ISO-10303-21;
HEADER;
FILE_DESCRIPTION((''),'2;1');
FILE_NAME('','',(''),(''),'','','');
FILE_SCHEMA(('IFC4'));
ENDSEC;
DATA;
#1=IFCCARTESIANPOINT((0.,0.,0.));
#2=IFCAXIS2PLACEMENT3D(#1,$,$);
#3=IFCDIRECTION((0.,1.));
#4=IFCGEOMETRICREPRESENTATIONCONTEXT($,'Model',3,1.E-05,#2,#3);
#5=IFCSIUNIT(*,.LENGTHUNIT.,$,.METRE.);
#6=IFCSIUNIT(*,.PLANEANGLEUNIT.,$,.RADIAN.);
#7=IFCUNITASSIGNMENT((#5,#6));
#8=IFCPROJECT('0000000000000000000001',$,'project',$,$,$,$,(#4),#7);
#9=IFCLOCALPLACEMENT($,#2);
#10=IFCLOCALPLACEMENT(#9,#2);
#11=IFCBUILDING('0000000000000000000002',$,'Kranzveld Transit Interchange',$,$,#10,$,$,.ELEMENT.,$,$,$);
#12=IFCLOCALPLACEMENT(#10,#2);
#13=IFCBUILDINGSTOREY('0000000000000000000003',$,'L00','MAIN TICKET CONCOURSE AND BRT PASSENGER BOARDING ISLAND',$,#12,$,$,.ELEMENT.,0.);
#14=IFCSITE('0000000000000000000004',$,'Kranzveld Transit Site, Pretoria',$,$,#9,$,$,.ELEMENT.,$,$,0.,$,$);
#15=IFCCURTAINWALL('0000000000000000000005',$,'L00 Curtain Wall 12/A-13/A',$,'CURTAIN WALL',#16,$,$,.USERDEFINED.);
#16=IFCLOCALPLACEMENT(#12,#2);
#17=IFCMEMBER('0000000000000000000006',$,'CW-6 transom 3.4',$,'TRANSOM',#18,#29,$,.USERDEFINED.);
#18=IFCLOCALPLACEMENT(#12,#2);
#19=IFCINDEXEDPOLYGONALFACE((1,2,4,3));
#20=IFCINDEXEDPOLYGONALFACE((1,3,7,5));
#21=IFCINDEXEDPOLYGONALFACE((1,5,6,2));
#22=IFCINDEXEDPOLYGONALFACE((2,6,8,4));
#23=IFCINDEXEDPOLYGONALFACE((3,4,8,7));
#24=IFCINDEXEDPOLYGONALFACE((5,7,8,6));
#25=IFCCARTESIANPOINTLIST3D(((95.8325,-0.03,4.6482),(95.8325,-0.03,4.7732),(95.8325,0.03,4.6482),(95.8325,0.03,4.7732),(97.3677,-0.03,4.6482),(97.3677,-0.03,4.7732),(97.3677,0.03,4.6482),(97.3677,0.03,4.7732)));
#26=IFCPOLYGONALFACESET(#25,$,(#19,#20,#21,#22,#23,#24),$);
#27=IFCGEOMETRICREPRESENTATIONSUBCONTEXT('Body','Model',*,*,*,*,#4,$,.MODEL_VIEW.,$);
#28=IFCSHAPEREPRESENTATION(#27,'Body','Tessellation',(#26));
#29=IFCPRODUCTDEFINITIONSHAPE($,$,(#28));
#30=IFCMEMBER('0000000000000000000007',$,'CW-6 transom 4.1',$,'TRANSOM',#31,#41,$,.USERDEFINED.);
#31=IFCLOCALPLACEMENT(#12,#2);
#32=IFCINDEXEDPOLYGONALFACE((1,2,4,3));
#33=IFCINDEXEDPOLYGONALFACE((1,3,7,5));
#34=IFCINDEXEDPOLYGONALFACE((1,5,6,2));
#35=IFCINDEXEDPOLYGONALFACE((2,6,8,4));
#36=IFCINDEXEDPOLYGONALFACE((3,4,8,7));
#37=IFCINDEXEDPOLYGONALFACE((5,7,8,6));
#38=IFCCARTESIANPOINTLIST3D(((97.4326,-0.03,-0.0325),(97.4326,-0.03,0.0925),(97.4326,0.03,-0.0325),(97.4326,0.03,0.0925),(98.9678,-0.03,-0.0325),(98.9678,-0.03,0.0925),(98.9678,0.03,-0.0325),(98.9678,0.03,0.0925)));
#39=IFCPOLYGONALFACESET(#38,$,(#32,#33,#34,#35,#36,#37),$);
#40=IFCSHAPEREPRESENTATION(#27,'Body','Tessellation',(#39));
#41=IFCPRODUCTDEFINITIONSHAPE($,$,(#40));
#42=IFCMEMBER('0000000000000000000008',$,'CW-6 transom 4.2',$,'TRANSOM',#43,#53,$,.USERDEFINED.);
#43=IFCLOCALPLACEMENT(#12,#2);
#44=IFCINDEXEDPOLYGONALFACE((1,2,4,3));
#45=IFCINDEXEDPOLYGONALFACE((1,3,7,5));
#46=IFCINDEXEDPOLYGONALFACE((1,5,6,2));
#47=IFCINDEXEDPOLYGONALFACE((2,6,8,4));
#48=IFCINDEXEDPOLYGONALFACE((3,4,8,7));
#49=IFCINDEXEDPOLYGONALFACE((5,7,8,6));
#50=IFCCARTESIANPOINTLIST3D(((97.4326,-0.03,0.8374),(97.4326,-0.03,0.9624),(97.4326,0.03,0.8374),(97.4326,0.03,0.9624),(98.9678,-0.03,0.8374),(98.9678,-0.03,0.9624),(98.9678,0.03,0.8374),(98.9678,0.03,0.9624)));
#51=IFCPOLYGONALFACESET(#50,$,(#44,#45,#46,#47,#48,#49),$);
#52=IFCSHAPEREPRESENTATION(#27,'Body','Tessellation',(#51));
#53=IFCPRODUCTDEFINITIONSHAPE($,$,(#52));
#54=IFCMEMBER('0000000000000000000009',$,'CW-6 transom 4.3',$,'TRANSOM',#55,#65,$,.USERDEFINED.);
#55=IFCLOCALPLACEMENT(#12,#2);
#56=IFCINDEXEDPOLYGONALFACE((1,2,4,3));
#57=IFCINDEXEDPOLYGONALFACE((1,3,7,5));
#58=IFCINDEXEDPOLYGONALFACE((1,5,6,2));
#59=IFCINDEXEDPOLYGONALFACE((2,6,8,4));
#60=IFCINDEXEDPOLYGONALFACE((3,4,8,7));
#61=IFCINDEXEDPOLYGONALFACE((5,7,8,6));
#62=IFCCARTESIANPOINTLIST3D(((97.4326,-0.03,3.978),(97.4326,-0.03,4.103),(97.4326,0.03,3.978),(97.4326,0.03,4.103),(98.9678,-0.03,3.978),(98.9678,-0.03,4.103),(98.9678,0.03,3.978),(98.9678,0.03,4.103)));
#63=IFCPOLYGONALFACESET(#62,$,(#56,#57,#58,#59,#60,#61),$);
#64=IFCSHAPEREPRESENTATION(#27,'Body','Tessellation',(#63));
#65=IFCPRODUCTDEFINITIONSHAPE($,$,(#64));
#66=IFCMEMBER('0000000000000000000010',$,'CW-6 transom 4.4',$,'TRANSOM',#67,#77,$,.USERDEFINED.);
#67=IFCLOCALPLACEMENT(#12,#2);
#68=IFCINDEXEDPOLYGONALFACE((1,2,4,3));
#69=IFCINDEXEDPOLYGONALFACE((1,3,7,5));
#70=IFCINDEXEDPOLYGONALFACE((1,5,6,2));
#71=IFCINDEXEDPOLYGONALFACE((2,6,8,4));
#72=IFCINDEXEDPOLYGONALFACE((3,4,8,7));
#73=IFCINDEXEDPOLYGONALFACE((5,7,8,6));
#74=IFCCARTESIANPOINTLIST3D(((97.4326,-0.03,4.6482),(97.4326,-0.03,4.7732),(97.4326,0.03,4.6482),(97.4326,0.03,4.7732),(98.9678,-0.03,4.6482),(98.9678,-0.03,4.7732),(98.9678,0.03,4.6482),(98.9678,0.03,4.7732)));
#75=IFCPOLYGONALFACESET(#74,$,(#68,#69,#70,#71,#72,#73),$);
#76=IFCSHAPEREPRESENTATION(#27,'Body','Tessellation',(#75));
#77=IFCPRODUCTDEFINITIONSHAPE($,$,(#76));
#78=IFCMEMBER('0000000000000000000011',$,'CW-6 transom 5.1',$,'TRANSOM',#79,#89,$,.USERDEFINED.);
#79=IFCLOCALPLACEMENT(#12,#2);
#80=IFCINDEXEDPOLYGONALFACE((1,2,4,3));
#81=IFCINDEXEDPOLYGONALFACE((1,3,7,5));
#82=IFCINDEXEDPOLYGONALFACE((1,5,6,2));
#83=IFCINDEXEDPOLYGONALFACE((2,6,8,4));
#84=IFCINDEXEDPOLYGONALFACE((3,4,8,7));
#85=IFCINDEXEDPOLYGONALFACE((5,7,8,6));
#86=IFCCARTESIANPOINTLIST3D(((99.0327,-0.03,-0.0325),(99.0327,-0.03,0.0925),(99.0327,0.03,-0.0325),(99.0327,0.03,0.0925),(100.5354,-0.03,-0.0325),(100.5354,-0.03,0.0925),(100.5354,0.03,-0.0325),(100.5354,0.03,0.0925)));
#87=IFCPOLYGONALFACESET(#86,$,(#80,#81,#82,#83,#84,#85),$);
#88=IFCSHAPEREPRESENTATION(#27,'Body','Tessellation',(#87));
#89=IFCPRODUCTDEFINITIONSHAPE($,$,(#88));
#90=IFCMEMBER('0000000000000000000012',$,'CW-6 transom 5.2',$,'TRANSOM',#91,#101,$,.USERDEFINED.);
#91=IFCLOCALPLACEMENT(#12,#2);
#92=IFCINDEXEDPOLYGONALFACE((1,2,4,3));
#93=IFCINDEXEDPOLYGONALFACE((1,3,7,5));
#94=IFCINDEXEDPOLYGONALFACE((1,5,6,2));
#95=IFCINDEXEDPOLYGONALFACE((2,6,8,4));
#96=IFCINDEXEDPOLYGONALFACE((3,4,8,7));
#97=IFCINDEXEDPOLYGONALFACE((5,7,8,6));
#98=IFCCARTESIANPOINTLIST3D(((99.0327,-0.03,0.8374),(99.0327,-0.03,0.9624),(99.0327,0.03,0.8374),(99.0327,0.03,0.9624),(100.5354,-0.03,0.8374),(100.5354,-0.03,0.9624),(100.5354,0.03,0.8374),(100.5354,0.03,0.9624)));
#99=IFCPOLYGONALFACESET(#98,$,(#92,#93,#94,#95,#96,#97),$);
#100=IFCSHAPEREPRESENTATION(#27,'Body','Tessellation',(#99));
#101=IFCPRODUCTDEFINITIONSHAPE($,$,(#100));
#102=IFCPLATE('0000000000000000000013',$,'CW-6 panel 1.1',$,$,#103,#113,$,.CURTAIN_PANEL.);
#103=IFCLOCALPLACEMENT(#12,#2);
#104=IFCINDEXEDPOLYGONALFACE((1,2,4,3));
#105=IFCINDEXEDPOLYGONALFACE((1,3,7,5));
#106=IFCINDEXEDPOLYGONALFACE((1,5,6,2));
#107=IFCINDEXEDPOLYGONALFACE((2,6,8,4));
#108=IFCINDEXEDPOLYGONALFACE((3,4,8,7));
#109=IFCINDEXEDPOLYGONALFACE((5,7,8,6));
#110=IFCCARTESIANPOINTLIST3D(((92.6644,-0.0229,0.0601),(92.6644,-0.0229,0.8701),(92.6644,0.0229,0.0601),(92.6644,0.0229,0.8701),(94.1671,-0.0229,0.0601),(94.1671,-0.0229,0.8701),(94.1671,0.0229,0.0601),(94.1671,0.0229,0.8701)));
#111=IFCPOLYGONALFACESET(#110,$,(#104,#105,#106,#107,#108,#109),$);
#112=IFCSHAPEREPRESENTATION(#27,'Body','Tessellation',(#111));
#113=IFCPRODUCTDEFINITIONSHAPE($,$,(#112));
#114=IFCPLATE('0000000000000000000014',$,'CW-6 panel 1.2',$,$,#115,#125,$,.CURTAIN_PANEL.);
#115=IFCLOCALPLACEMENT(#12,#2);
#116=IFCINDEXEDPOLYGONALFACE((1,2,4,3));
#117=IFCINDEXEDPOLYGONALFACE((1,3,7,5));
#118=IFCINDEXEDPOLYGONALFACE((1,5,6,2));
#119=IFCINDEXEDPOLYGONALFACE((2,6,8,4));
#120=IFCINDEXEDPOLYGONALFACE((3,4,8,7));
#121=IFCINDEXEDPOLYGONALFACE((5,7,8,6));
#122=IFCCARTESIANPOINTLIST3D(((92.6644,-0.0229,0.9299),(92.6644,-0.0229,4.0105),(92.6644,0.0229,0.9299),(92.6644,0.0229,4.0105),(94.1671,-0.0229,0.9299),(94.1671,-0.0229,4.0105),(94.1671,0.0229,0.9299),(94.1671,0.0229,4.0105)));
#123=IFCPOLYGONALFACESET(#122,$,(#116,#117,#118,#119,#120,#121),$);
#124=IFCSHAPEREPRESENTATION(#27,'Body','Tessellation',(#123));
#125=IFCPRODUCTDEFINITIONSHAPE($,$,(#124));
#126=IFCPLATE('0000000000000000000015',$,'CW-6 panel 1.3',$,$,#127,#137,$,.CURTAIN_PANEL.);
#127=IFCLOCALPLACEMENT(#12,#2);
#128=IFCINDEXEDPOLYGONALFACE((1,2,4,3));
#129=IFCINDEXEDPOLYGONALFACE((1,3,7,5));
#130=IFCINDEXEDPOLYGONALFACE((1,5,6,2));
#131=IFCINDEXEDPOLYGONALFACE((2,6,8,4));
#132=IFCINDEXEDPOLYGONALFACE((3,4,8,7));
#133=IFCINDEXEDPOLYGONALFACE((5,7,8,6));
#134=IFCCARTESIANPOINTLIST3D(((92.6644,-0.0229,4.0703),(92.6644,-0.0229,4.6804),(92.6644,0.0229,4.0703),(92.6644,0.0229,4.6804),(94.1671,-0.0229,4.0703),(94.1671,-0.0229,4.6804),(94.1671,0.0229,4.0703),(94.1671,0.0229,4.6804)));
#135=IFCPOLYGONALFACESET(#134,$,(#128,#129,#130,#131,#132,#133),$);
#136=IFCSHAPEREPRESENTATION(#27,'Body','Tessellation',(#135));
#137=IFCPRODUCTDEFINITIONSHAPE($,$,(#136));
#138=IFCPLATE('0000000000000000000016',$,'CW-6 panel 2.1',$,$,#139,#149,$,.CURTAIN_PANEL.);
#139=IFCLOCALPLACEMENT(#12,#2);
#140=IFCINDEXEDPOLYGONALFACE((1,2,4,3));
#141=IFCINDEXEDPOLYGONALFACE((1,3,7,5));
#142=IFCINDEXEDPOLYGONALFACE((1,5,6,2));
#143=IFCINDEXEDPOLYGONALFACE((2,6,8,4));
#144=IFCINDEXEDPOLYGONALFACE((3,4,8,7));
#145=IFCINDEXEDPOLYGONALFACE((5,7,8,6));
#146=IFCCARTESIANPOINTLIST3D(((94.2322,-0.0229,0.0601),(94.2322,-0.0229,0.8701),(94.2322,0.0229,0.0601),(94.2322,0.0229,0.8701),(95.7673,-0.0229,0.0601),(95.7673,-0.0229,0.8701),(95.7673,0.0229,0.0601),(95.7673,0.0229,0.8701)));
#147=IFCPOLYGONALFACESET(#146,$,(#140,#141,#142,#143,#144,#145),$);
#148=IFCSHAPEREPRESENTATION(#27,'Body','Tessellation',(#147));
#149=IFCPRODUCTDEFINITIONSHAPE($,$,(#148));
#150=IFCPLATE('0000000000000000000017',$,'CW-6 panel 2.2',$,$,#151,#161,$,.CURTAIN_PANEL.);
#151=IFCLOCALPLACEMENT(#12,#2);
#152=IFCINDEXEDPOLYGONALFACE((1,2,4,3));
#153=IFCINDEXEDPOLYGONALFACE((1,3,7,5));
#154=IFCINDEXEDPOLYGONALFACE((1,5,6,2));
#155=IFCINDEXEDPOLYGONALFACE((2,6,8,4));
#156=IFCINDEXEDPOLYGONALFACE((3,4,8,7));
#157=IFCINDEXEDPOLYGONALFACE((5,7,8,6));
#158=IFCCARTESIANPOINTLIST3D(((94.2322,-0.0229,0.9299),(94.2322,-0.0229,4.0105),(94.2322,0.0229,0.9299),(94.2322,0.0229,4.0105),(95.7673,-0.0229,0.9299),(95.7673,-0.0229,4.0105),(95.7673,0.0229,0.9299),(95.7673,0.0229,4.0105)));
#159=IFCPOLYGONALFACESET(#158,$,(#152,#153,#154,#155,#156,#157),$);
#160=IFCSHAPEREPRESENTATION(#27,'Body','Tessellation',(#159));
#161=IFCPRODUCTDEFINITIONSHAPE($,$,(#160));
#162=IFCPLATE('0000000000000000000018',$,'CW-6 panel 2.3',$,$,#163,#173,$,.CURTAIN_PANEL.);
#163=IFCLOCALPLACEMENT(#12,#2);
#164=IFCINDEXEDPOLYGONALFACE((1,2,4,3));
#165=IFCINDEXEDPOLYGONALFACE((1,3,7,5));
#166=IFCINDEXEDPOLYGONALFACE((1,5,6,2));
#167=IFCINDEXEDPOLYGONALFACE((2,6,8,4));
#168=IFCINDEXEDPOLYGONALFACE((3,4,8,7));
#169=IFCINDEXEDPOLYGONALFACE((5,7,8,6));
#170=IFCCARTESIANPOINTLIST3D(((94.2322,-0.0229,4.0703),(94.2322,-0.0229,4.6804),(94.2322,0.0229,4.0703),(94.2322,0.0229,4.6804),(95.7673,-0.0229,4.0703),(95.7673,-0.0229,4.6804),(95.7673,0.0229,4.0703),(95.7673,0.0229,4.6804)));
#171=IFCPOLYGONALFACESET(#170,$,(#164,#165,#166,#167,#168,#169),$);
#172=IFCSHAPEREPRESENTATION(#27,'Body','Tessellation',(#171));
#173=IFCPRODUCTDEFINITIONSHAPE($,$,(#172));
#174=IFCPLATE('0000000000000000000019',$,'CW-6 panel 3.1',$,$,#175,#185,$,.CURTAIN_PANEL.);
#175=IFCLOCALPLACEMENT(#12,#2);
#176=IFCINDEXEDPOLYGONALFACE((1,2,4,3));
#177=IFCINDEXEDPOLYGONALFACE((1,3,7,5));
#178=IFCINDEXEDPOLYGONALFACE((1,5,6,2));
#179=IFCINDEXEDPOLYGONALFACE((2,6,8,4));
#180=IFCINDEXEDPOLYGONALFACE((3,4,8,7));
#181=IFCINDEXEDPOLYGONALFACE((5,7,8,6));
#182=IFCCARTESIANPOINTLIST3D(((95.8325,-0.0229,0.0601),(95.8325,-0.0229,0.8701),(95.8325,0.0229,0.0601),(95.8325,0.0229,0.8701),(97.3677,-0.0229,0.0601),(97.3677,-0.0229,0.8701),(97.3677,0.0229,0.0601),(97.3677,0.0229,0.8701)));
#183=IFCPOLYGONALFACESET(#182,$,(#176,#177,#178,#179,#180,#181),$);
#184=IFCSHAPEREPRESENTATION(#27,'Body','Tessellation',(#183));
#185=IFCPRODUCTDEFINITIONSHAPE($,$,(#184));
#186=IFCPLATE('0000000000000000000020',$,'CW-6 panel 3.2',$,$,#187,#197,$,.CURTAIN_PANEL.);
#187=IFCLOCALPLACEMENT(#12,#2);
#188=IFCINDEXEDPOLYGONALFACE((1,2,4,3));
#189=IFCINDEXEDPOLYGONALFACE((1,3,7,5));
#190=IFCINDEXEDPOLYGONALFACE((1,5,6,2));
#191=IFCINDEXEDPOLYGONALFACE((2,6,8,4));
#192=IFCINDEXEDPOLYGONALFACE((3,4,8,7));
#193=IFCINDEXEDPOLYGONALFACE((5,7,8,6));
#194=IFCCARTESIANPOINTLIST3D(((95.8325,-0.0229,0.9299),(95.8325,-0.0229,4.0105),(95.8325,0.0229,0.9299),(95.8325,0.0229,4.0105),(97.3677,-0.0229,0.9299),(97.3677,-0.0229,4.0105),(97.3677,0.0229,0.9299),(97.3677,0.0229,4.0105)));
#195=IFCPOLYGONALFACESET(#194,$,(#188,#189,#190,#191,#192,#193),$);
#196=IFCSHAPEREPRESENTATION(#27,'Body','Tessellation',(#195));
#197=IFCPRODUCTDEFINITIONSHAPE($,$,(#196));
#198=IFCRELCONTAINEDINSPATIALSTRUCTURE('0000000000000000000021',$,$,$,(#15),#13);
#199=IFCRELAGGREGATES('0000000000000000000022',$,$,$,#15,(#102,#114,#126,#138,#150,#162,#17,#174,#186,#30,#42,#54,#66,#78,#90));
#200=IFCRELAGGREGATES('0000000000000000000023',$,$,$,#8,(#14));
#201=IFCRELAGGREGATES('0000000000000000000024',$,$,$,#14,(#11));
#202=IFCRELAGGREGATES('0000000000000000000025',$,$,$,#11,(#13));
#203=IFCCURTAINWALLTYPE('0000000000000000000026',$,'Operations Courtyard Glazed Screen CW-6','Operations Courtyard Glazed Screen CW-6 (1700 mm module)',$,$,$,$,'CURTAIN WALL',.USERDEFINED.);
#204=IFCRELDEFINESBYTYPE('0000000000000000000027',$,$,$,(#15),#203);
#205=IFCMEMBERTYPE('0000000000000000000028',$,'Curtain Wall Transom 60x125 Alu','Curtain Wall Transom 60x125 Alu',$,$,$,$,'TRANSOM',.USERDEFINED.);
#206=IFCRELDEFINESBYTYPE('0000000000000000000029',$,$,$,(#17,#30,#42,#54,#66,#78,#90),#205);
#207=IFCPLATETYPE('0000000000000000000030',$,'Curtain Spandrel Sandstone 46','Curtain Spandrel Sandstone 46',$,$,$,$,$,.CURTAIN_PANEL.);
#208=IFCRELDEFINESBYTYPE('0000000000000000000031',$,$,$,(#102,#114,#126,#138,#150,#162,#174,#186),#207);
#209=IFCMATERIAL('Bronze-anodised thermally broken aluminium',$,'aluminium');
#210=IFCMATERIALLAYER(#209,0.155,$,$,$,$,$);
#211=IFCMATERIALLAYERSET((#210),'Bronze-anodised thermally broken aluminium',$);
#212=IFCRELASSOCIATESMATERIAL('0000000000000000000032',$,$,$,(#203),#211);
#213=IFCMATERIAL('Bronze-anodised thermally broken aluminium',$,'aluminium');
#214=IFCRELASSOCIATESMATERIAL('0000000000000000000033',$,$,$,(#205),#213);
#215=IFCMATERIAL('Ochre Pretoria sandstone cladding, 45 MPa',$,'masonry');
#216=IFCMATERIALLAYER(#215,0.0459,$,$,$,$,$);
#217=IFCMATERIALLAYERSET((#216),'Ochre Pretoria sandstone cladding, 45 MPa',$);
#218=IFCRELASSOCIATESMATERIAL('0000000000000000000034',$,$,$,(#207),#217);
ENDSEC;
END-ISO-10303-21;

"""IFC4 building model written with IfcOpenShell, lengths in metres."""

from ifc_helpers import new_model, si_unit, direction, frame, origin, origin_2d, place, context, subcontext, project, spatial, rectangle, extrude, material, layer, layer_set, material_profile, profile_set, type_object, element, aggregate, save


model = new_model("IFC4")

# Units and contexts
model_context = context("Model", 3, precision=1e-05, world=origin(), true_north=direction((0.0, 1.0)))
body_context = subcontext(model_context, "Body", "Model", "MODEL_VIEW")
ifc_project = project(units=[si_unit("LENGTHUNIT", "METRE"), si_unit("PLANEANGLEUNIT", "RADIAN")], contexts=[model_context])

# Site, building, storey
site_placement = place(None, origin())
site = spatial("IfcSite", under=ifc_project, at=site_placement, Name="Kranzveld Transit Site, Pretoria", CompositionType="ELEMENT", RefElevation=0.0)
building_placement = place(site_placement, origin())
building = spatial("IfcBuilding", under=site, at=building_placement, Name="Kranzveld Transit Interchange", CompositionType="ELEMENT")
storey_placement = place(building_placement, origin())
storey = spatial("IfcBuildingStorey", under=building, at=storey_placement, Name="L00", Description="MAIN TICKET CONCOURSE AND BRT PASSENGER BOARDING ISLAND", CompositionType="ELEMENT", Elevation=0.0)

# Curtain wall, members, plates
ifc_material_1 = material(Name="Bronze-anodised thermally broken aluminium", Category="aluminium")
ifc_layer_1 = layer(ifc_material_1, 0.155)
ifc_layer_set_1 = layer_set([ifc_layer_1], Name="Bronze-anodised thermally broken aluminium")
curtain_wall_type = type_object("IfcCurtainWallType", Name="Operations Courtyard Glazed Screen CW-6", Description="Operations Courtyard Glazed Screen CW-6 (1700 mm module)", ElementType="CURTAIN WALL", PredefinedType="USERDEFINED", material=ifc_layer_set_1)
curtain_wall_placement = place(storey_placement, origin())
curtain_wall = element("IfcCurtainWall", 1, at=curtain_wall_placement, inside=storey, type_object=curtain_wall_type, Name="L00 Curtain Wall 12/A-13/A", ObjectType="CURTAIN WALL", PredefinedType="USERDEFINED")
ifc_material_2 = material(Name="Bronze-anodised thermally broken aluminium", Category="aluminium")
ifc_material_profile_1 = material_profile(ifc_material_2, rectangle(XDim=0.0601, YDim=0.125, at=origin_2d()), Name="ALU TRANSOM 60x125")
ifc_profile_set_1 = profile_set([ifc_material_profile_1], Name="Bronze-anodised thermally broken aluminium")
member_type_1 = type_object("IfcMemberType", Name="Curtain Wall Transom 60x125 Alu", Description="Curtain Wall Transom 60x125 Alu", ElementType="TRANSOM", PredefinedType="USERDEFINED", material=ifc_profile_set_1)
member_1_placement = place(storey_placement, frame((95.8325, 0.0, 4.7107), z_axis=(1.0, 0.0, 0.0), x_axis=(0.0, 1.0, 0.0)))
member_1 = element("IfcMember", 2, at=member_1_placement, type_object=member_type_1, Name="CW-6 transom 3.4", ObjectType="TRANSOM", PredefinedType="USERDEFINED", context=body_context, shape_type="SweptSolid", body=[
    extrude(rectangle(XDim=0.0601, YDim=0.125, at=origin_2d()), origin(), (0.0, 0.0, 1.0), 1.5352),
])
member_2_placement = place(storey_placement, frame((97.4326, 0.0, 0.03), z_axis=(1.0, 0.0, 0.0), x_axis=(0.0, 1.0, 0.0)))
member_2 = element("IfcMember", 3, at=member_2_placement, type_object=member_type_1, Name="CW-6 transom 4.1", ObjectType="TRANSOM", PredefinedType="USERDEFINED", context=body_context, shape_type="SweptSolid", body=[
    extrude(rectangle(XDim=0.0601, YDim=0.125, at=origin_2d()), origin(), (0.0, 0.0, 1.0), 1.5352),
])
member_3_placement = place(storey_placement, frame((97.4326, 0.0, 0.8999), z_axis=(1.0, 0.0, 0.0), x_axis=(0.0, 1.0, 0.0)))
member_3 = element("IfcMember", 4, at=member_3_placement, type_object=member_type_1, Name="CW-6 transom 4.2", ObjectType="TRANSOM", PredefinedType="USERDEFINED", context=body_context, shape_type="SweptSolid", body=[
    extrude(rectangle(XDim=0.0601, YDim=0.125, at=origin_2d()), origin(), (0.0, 0.0, 1.0), 1.5352),
])
member_4_placement = place(storey_placement, frame((97.4326, 0.0, 4.0405), z_axis=(1.0, 0.0, 0.0), x_axis=(0.0, 1.0, 0.0)))
member_4 = element("IfcMember", 5, at=member_4_placement, type_object=member_type_1, Name="CW-6 transom 4.3", ObjectType="TRANSOM", PredefinedType="USERDEFINED", context=body_context, shape_type="SweptSolid", body=[
    extrude(rectangle(XDim=0.0601, YDim=0.125, at=origin_2d()), origin(), (0.0, 0.0, 1.0), 1.5352),
])
member_5_placement = place(storey_placement, frame((97.4326, 0.0, 4.7107), z_axis=(1.0, 0.0, 0.0), x_axis=(0.0, 1.0, 0.0)))
member_5 = element("IfcMember", 6, at=member_5_placement, type_object=member_type_1, Name="CW-6 transom 4.4", ObjectType="TRANSOM", PredefinedType="USERDEFINED", context=body_context, shape_type="SweptSolid", body=[
    extrude(rectangle(XDim=0.0601, YDim=0.125, at=origin_2d()), origin(), (0.0, 0.0, 1.0), 1.5352),
])
member_6_placement = place(storey_placement, frame((99.0327, 0.0, 0.03), z_axis=(1.0, 0.0, 0.0), x_axis=(0.0, 1.0, 0.0)))
member_6 = element("IfcMember", 7, at=member_6_placement, type_object=member_type_1, Name="CW-6 transom 5.1", ObjectType="TRANSOM", PredefinedType="USERDEFINED", context=body_context, shape_type="SweptSolid", body=[
    extrude(rectangle(XDim=0.0601, YDim=0.125, at=origin_2d()), origin(), (0.0, 0.0, 1.0), 1.5027),
])
member_7_placement = place(storey_placement, frame((99.0327, 0.0, 0.8999), z_axis=(1.0, 0.0, 0.0), x_axis=(0.0, 1.0, 0.0)))
member_7 = element("IfcMember", 8, at=member_7_placement, type_object=member_type_1, Name="CW-6 transom 5.2", ObjectType="TRANSOM", PredefinedType="USERDEFINED", context=body_context, shape_type="SweptSolid", body=[
    extrude(rectangle(XDim=0.0601, YDim=0.125, at=origin_2d()), origin(), (0.0, 0.0, 1.0), 1.5027),
])
ifc_material_3 = material(Name="Ochre Pretoria sandstone cladding, 45 MPa", Category="masonry")
ifc_layer_2 = layer(ifc_material_3, 0.0459)
ifc_layer_set_2 = layer_set([ifc_layer_2], Name="Ochre Pretoria sandstone cladding, 45 MPa")
plate_type = type_object("IfcPlateType", Name="Curtain Spandrel Sandstone 46", Description="Curtain Spandrel Sandstone 46", PredefinedType="CURTAIN_PANEL", material=ifc_layer_set_2)
plate_1_placement = place(storey_placement, frame((93.4158, 0.0, 0.0601), z_axis=(0.0, 0.0, 1.0), x_axis=(1.0, 0.0, 0.0)))
plate_1 = element("IfcPlate", 9, at=plate_1_placement, type_object=plate_type, Name="CW-6 panel 1.1", PredefinedType="CURTAIN_PANEL", context=body_context, shape_type="SweptSolid", body=[
    extrude(rectangle(XDim=1.5027, YDim=0.0459, at=origin_2d()), origin(), (0.0, 0.0, 1.0), 0.8101),
])
plate_2_placement = place(storey_placement, frame((93.4158, 0.0, 0.9299), z_axis=(0.0, 0.0, 1.0), x_axis=(1.0, 0.0, 0.0)))
plate_2 = element("IfcPlate", 10, at=plate_2_placement, type_object=plate_type, Name="CW-6 panel 1.2", PredefinedType="CURTAIN_PANEL", context=body_context, shape_type="SweptSolid", body=[
    extrude(rectangle(XDim=1.5027, YDim=0.0459, at=origin_2d()), origin(), (0.0, 0.0, 1.0), 3.0806),
])
plate_3_placement = place(storey_placement, frame((93.4158, 0.0, 4.0703), z_axis=(0.0, 0.0, 1.0), x_axis=(1.0, 0.0, 0.0)))
plate_3 = element("IfcPlate", 11, at=plate_3_placement, type_object=plate_type, Name="CW-6 panel 1.3", PredefinedType="CURTAIN_PANEL", context=body_context, shape_type="SweptSolid", body=[
    extrude(rectangle(XDim=1.5027, YDim=0.0459, at=origin_2d()), origin(), (0.0, 0.0, 1.0), 0.6101),
])
plate_4_placement = place(storey_placement, frame((94.9998, 0.0, 0.0601), z_axis=(0.0, 0.0, 1.0), x_axis=(1.0, 0.0, 0.0)))
plate_4 = element("IfcPlate", 12, at=plate_4_placement, type_object=plate_type, Name="CW-6 panel 2.1", PredefinedType="CURTAIN_PANEL", context=body_context, shape_type="SweptSolid", body=[
    extrude(rectangle(XDim=1.5352, YDim=0.0459, at=origin_2d()), origin(), (0.0, 0.0, 1.0), 0.8101),
])
plate_5_placement = place(storey_placement, frame((94.9998, 0.0, 0.9299), z_axis=(0.0, 0.0, 1.0), x_axis=(1.0, 0.0, 0.0)))
plate_5 = element("IfcPlate", 13, at=plate_5_placement, type_object=plate_type, Name="CW-6 panel 2.2", PredefinedType="CURTAIN_PANEL", context=body_context, shape_type="SweptSolid", body=[
    extrude(rectangle(XDim=1.5352, YDim=0.0459, at=origin_2d()), origin(), (0.0, 0.0, 1.0), 3.0806),
])
plate_6_placement = place(storey_placement, frame((94.9998, 0.0, 4.0703), z_axis=(0.0, 0.0, 1.0), x_axis=(1.0, 0.0, 0.0)))
plate_6 = element("IfcPlate", 14, at=plate_6_placement, type_object=plate_type, Name="CW-6 panel 2.3", PredefinedType="CURTAIN_PANEL", context=body_context, shape_type="SweptSolid", body=[
    extrude(rectangle(XDim=1.5352, YDim=0.0459, at=origin_2d()), origin(), (0.0, 0.0, 1.0), 0.6101),
])
plate_7_placement = place(storey_placement, frame((96.6001, 0.0, 0.0601), z_axis=(0.0, 0.0, 1.0), x_axis=(1.0, 0.0, 0.0)))
plate_7 = element("IfcPlate", 15, at=plate_7_placement, type_object=plate_type, Name="CW-6 panel 3.1", PredefinedType="CURTAIN_PANEL", context=body_context, shape_type="SweptSolid", body=[
    extrude(rectangle(XDim=1.5352, YDim=0.0459, at=origin_2d()), origin(), (0.0, 0.0, 1.0), 0.8101),
])
plate_8_placement = place(storey_placement, frame((96.6001, 0.0, 0.9299), z_axis=(0.0, 0.0, 1.0), x_axis=(1.0, 0.0, 0.0)))
plate_8 = element("IfcPlate", 16, at=plate_8_placement, type_object=plate_type, Name="CW-6 panel 3.2", PredefinedType="CURTAIN_PANEL", context=body_context, shape_type="SweptSolid", body=[
    extrude(rectangle(XDim=1.5352, YDim=0.0459, at=origin_2d()), origin(), (0.0, 0.0, 1.0), 3.0806),
])
aggregate(curtain_wall, [plate_1, plate_2, plate_3, plate_4, plate_5, plate_6, member_1, plate_7, plate_8, member_2, member_3, member_4, member_5, member_6, member_7])

save(model, "model.ifc")
